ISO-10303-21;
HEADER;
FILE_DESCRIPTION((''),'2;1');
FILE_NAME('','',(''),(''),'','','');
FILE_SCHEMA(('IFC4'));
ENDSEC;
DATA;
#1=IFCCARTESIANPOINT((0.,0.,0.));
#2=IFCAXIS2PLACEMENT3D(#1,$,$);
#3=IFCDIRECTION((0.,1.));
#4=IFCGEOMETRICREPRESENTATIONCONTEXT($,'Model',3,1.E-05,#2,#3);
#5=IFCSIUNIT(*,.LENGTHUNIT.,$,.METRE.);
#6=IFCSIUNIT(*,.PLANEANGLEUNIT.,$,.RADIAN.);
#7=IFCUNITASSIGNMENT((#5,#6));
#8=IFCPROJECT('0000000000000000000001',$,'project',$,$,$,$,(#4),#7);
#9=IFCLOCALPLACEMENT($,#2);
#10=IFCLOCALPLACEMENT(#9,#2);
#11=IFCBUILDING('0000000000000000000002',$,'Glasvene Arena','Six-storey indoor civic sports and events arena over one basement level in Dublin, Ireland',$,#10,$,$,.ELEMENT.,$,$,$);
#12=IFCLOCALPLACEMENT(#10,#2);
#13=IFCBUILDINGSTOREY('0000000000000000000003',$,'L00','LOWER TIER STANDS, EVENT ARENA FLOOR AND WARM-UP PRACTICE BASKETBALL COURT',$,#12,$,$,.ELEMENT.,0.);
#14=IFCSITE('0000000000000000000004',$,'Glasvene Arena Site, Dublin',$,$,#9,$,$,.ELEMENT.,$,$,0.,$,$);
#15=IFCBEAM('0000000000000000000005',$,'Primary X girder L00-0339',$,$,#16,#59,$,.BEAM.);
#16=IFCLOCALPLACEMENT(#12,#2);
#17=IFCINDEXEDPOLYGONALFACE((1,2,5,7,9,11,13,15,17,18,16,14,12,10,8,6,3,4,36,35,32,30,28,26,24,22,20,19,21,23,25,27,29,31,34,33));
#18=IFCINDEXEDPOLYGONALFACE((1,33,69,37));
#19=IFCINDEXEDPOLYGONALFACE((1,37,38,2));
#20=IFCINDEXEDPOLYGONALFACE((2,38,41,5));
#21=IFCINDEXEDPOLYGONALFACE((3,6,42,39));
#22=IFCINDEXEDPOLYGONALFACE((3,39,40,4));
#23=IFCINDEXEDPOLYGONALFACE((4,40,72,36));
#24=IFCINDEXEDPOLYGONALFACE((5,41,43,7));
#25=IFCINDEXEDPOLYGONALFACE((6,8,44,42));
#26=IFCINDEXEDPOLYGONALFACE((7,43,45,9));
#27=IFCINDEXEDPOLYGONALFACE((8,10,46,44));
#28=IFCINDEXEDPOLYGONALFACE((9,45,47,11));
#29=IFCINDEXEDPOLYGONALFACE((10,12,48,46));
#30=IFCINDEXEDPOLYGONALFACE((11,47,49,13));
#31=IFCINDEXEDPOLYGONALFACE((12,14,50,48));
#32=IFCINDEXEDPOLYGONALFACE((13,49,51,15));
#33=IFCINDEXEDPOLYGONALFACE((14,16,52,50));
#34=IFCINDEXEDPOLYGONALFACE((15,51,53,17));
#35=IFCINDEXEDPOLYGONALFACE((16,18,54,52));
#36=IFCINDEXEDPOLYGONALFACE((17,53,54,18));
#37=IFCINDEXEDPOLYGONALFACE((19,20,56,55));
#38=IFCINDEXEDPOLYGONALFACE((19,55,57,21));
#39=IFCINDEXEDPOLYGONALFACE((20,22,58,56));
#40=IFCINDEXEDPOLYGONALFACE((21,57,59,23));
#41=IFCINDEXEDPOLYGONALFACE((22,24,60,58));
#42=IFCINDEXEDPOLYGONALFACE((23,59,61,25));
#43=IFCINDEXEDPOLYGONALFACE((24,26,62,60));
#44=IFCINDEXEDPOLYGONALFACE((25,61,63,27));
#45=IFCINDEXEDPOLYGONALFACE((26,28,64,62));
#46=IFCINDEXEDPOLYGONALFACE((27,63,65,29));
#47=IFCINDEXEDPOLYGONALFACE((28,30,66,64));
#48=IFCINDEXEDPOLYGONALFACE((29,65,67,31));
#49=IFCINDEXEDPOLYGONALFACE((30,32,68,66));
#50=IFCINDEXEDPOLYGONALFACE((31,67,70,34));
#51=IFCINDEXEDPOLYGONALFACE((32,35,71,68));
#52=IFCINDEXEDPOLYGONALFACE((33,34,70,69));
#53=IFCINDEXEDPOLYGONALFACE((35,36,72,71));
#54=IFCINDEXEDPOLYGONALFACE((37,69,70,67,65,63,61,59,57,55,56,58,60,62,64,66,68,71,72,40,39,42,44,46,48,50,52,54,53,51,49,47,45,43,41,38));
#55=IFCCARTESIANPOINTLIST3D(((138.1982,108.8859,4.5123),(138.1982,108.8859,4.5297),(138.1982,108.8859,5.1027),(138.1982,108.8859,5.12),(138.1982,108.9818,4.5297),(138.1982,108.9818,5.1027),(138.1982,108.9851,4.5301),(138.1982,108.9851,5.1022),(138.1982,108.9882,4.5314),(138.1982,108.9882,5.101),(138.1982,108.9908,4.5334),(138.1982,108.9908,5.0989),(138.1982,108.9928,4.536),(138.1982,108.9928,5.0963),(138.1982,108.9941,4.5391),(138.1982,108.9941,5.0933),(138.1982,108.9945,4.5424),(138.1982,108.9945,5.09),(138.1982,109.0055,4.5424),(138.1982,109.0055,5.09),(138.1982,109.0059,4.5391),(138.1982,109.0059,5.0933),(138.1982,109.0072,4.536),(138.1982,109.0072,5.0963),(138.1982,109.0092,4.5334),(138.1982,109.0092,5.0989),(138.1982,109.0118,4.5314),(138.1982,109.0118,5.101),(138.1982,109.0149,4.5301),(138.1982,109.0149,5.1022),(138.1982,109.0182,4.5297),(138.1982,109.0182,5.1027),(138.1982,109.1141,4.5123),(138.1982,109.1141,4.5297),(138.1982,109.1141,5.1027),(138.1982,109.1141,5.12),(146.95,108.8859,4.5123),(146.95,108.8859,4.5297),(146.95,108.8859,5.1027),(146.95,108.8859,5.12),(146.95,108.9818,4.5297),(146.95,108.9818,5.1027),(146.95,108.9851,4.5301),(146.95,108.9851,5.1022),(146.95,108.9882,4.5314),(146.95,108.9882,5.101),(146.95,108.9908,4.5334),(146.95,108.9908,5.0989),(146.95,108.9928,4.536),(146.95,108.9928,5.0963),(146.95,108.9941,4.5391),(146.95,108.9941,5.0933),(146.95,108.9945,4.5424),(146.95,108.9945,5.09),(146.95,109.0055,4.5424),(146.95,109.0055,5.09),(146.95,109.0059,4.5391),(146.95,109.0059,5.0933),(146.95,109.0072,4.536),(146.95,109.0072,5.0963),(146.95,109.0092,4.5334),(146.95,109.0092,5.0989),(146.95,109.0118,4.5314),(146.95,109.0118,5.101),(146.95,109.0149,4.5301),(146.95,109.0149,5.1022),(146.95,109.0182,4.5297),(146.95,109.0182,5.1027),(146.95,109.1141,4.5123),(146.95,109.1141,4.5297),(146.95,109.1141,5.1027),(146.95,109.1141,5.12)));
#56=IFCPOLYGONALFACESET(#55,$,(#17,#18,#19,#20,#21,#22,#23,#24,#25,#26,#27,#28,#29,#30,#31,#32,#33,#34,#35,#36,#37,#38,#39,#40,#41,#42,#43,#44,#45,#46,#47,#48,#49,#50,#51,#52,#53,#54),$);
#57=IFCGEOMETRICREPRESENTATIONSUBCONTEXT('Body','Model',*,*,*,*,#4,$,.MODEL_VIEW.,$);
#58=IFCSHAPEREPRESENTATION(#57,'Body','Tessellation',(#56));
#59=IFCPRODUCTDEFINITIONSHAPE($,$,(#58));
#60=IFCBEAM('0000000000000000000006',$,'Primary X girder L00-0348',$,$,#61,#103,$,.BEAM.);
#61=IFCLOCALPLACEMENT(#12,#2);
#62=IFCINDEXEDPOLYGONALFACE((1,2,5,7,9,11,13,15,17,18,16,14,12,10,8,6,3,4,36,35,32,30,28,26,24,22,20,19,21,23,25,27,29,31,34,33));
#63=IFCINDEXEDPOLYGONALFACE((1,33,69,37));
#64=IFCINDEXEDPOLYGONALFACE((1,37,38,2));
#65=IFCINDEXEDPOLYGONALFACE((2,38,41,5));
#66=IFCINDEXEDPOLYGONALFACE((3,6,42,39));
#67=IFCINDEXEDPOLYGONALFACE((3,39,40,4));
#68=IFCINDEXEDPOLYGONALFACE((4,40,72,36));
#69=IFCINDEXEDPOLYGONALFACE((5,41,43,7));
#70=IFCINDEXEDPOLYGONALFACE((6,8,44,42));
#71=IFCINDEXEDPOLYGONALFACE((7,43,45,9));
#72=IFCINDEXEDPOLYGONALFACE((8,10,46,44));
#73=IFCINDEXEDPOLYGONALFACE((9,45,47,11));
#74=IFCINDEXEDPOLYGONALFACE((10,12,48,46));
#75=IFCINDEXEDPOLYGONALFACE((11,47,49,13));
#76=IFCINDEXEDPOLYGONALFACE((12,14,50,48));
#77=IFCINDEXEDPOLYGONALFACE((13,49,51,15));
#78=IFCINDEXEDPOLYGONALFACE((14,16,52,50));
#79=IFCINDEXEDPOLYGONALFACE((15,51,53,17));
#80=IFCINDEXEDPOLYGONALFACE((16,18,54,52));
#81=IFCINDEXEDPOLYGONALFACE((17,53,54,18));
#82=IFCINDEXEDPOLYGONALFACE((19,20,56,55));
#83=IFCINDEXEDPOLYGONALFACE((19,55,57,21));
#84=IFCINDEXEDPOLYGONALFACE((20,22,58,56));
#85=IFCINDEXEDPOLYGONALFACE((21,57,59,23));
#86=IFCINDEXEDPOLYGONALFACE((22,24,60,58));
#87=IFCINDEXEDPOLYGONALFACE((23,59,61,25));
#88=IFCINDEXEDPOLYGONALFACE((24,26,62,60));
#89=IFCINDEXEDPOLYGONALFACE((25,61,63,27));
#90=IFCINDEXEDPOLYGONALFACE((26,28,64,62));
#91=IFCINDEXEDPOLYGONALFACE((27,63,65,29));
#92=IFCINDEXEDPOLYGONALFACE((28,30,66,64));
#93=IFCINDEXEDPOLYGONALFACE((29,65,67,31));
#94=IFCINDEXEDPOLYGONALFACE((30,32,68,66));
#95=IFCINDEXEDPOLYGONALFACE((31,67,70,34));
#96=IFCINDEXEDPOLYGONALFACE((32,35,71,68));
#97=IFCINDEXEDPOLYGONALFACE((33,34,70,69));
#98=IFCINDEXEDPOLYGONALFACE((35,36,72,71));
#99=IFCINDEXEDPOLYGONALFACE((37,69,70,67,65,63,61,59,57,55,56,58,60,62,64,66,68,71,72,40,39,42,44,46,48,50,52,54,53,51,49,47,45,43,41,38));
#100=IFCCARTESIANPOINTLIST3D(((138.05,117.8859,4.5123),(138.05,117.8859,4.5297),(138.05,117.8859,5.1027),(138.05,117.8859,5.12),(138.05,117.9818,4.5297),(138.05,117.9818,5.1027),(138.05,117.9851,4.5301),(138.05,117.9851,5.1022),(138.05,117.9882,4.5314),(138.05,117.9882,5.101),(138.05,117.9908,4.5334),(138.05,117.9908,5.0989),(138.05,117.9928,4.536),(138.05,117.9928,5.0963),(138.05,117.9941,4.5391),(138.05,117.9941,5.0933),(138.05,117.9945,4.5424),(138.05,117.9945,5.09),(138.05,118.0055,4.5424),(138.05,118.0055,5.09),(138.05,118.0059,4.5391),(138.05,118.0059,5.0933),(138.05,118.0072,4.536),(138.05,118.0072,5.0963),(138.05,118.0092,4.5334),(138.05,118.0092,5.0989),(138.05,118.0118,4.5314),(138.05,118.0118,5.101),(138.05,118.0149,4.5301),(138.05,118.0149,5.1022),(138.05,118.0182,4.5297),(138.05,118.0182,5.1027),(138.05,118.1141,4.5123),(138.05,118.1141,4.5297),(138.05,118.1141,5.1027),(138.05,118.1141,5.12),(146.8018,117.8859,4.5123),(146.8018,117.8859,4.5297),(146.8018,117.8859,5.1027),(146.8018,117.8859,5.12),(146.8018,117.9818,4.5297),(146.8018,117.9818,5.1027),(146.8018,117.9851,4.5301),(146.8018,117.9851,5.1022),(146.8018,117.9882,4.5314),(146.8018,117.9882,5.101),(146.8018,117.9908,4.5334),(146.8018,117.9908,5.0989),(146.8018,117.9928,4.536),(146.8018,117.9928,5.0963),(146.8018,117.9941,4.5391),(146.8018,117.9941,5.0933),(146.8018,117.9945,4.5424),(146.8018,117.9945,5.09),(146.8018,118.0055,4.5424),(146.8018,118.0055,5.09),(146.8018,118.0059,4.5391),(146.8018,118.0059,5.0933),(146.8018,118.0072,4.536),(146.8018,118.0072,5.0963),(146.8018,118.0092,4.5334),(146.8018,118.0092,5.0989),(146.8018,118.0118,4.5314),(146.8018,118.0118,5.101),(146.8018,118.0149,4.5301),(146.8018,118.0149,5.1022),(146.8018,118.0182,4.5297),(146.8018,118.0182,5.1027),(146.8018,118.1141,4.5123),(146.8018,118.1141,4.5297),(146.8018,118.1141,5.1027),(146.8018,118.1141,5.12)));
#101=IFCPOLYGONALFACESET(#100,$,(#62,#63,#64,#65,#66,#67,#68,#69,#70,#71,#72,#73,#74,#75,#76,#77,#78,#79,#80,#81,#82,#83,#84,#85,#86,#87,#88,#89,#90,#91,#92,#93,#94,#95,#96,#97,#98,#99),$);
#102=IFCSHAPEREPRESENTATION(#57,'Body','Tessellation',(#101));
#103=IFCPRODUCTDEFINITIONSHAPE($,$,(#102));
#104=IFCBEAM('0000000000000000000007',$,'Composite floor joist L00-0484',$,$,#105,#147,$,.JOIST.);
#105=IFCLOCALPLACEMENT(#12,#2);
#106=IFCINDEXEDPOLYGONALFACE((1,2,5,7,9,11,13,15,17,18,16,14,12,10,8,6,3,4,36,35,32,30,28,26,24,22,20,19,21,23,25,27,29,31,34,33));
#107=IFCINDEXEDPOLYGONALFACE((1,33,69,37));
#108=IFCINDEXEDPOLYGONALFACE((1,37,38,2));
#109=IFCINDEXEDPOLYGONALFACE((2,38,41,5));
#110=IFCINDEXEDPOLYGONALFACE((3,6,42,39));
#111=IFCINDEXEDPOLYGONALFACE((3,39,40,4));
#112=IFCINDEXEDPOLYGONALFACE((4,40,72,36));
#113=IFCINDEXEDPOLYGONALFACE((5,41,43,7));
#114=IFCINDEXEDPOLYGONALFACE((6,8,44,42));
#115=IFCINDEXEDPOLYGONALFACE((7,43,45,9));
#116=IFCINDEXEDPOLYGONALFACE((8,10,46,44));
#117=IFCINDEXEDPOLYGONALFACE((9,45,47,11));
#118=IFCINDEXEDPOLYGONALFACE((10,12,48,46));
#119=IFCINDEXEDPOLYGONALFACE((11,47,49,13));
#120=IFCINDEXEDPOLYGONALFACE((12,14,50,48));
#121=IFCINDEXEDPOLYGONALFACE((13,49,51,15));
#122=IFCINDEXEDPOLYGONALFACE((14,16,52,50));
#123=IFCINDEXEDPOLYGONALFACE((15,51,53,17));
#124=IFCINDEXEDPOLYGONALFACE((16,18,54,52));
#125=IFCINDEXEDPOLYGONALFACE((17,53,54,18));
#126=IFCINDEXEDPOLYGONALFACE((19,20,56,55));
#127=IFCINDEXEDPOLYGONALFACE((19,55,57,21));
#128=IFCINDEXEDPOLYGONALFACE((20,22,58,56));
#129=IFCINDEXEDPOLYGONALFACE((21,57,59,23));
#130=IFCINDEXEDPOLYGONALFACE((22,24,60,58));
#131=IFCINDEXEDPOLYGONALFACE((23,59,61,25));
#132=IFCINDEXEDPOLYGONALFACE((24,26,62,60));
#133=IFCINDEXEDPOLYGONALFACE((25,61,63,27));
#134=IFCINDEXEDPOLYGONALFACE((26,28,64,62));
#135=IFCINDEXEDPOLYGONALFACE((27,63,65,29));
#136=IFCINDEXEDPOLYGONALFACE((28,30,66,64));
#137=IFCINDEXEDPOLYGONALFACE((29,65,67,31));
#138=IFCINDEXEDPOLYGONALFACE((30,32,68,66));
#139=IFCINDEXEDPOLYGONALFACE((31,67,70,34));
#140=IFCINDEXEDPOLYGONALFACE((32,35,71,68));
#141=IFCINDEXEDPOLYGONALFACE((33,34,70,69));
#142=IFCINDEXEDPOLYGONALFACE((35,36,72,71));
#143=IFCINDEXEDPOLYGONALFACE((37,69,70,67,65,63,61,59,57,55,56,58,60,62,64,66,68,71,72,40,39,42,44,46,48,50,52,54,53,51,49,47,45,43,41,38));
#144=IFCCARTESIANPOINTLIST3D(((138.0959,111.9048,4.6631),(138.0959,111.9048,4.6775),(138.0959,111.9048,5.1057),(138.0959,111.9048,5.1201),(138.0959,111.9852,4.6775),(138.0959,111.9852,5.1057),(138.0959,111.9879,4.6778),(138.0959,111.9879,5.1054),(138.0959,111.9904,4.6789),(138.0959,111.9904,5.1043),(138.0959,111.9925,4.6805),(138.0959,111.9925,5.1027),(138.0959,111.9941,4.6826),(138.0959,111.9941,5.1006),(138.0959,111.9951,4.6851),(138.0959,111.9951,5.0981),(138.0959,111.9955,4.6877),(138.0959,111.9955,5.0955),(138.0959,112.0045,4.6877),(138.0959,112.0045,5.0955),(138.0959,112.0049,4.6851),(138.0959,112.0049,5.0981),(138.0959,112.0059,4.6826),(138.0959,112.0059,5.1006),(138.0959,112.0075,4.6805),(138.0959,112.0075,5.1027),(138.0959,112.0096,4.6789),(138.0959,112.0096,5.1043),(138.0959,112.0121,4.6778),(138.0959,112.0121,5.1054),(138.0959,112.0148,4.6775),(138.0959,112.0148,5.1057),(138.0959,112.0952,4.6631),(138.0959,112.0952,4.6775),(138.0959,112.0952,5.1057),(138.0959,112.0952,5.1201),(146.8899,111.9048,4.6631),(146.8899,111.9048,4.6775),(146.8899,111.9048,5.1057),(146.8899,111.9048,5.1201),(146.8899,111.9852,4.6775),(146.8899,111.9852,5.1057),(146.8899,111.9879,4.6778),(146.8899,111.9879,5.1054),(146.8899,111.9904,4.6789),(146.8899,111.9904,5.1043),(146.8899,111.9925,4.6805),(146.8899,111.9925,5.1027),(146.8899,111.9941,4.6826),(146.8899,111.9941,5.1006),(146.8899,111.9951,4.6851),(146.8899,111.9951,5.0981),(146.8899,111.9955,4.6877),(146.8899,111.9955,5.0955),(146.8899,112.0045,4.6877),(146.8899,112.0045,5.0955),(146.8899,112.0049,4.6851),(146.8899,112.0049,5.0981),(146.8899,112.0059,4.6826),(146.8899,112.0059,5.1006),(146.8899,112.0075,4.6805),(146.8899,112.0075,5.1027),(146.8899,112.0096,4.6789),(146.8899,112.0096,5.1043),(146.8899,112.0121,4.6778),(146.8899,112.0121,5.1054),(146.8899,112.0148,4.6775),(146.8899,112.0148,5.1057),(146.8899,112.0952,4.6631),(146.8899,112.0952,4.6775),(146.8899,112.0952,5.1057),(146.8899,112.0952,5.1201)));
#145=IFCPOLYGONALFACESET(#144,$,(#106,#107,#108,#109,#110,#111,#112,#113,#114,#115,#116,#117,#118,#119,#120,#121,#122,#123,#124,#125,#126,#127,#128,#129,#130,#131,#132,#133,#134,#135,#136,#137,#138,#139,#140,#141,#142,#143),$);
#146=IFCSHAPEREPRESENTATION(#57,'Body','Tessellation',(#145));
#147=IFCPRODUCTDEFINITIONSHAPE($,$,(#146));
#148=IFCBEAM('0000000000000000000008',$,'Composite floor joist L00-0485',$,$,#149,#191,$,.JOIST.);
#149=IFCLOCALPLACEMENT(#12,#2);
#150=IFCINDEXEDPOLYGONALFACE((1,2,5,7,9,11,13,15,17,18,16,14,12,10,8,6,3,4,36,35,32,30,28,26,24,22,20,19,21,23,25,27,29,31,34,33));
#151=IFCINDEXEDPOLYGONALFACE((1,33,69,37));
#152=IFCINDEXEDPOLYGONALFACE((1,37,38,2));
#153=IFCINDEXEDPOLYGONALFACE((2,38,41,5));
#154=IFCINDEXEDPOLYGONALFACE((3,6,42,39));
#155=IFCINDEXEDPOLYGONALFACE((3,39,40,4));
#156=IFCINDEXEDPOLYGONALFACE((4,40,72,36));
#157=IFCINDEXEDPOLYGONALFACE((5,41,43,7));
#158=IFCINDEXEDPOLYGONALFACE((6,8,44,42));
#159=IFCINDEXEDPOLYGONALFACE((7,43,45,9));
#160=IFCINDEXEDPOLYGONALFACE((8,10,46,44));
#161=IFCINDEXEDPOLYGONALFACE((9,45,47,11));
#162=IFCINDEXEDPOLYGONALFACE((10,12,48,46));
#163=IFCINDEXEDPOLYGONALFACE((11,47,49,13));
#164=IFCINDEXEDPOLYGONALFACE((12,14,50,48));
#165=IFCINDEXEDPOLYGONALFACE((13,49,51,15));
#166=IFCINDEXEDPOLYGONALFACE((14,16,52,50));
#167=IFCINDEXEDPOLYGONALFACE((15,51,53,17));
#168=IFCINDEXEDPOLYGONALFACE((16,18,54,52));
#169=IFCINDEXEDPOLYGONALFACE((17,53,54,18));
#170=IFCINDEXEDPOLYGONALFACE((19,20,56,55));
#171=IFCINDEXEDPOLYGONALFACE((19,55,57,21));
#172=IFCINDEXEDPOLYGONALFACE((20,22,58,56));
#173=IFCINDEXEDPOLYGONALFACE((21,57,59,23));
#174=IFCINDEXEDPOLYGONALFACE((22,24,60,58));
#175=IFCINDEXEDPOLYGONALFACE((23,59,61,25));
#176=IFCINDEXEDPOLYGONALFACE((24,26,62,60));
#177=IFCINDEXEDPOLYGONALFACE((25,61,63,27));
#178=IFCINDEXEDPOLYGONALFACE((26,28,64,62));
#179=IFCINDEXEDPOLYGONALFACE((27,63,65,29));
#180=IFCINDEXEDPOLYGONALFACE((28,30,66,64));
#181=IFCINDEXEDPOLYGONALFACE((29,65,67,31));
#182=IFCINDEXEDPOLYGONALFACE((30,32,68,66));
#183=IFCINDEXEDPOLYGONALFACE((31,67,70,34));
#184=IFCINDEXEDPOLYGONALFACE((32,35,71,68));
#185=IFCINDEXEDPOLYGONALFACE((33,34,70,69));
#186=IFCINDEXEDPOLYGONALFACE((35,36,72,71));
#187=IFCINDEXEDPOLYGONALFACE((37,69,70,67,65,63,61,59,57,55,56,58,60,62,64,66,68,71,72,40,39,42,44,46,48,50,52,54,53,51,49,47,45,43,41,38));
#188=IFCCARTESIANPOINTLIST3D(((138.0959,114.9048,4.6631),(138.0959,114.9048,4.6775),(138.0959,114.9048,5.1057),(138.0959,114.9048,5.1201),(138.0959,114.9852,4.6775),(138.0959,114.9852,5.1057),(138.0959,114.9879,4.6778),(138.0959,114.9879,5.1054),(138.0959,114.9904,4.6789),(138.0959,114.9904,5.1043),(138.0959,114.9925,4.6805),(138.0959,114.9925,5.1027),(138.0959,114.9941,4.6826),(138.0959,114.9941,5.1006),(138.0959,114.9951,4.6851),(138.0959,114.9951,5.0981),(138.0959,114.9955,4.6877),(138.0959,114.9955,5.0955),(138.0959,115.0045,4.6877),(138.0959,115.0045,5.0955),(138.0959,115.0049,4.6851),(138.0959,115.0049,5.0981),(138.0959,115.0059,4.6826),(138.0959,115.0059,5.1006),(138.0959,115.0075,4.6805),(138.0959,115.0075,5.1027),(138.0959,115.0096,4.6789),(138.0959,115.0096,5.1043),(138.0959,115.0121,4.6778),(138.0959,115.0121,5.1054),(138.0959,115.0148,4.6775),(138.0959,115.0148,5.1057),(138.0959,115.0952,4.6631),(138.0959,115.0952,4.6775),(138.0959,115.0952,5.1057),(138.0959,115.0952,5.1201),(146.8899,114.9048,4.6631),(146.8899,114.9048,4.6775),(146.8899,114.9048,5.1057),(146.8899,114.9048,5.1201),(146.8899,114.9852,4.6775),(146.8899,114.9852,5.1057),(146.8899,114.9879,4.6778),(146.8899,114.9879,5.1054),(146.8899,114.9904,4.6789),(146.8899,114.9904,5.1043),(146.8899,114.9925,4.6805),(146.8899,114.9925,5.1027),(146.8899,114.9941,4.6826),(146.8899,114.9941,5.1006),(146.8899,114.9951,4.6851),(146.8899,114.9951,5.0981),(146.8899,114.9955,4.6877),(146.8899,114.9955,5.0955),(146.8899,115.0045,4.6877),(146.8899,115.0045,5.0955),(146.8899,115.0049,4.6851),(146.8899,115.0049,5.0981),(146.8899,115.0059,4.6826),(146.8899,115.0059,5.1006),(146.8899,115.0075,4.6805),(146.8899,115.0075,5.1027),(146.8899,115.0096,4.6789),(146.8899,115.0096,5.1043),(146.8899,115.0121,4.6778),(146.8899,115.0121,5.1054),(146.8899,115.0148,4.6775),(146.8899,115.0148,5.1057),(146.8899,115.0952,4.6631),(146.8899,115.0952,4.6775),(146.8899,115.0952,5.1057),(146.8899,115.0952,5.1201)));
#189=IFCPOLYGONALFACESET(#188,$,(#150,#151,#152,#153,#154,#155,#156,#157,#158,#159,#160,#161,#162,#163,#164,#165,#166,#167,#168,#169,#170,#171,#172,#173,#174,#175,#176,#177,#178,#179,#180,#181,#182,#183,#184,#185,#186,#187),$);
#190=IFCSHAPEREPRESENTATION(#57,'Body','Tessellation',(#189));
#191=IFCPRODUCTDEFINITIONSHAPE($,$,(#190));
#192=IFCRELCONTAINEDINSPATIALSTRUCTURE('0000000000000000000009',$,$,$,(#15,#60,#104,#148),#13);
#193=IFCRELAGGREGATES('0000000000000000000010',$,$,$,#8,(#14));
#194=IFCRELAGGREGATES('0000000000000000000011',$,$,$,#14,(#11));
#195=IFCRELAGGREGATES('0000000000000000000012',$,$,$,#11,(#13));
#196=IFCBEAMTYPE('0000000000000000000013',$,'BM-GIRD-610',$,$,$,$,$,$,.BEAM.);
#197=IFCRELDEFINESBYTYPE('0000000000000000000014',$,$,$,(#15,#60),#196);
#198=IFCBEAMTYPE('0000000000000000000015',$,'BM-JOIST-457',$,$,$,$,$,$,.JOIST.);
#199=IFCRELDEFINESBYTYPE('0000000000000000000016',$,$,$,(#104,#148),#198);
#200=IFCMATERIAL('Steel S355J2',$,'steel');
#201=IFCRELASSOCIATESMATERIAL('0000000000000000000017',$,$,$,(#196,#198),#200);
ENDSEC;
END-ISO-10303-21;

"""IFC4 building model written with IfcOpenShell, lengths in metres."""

from ifc_helpers import new_model, si_unit, direction, frame, origin, origin_2d, place, context, subcontext, project, spatial, i_section, extrude, material, material_profile, profile_set, type_object, element, save


model = new_model("IFC4")

# Units and contexts
model_context = context("Model", 3, precision=1e-05, world=origin(), true_north=direction((0.0, 1.0)))
body_context = subcontext(model_context, "Body", "Model", "MODEL_VIEW")
ifc_project = project(units=[si_unit("LENGTHUNIT", "METRE"), si_unit("PLANEANGLEUNIT", "RADIAN")], contexts=[model_context])

# Site, building, storey
site_placement = place(None, origin())
site = spatial("IfcSite", under=ifc_project, at=site_placement, Name="Glasvene Arena Site, Dublin", CompositionType="ELEMENT", RefElevation=0.0)
building_placement = place(site_placement, origin())
building = spatial("IfcBuilding", under=site, at=building_placement, Name="Glasvene Arena", Description="Six-storey indoor civic sports and events arena over one basement level in Dublin, Ireland", CompositionType="ELEMENT")
storey_placement = place(building_placement, origin())
storey = spatial("IfcBuildingStorey", under=building, at=storey_placement, Name="L00", Description="LOWER TIER STANDS, EVENT ARENA FLOOR AND WARM-UP PRACTICE BASKETBALL COURT", CompositionType="ELEMENT", Elevation=0.0)

# Shared definitions
ifc_material_1 = material(Name="Steel S355J2", Category="steel")

# Beams
ifc_material_profile_1 = material_profile(ifc_material_1, i_section(OverallWidth=0.2283, OverallDepth=0.6077, WebThickness=0.011, FlangeThickness=0.0173, FilletRadius=0.0127, at=origin_2d()), Name="UKB 610x229x113")
ifc_profile_set_1 = profile_set([ifc_material_profile_1], Name="Steel S355J2")
beam_type_1 = type_object("IfcBeamType", Name="BM-GIRD-610", PredefinedType="BEAM", material=ifc_profile_set_1)
for number, where, z_axis, x_axis, name in (
    (1, (138.1982, 109.0, 4.8162), (1.0, 0.0, 0.0), (0.0, 1.0, 0.0), "Primary X girder L00-0339"),
    (2, (138.05, 118.0, 4.8162), (1.0, 0.0, 0.0), (0.0, 1.0, 0.0), "Primary X girder L00-0348"),
):
    element("IfcBeam", number, at=place(storey_placement, frame(where, z_axis=z_axis, x_axis=x_axis)), inside=storey, type_object=beam_type_1, Name=name, PredefinedType="BEAM", context=body_context, shape_type="SweptSolid", body=[
        extrude(i_section(OverallWidth=0.2283, OverallDepth=0.6077, WebThickness=0.011, FlangeThickness=0.0173, FilletRadius=0.0127, at=origin_2d()), origin(), (0.0, 0.0, 1.0), 8.7517),
    ])
ifc_material_profile_2 = material_profile(ifc_material_1, i_section(OverallWidth=0.1904, OverallDepth=0.457, WebThickness=0.009, FlangeThickness=0.0144, FilletRadius=0.0103, at=origin_2d()), Name="UKB 457x191x74")
ifc_profile_set_2 = profile_set([ifc_material_profile_2], Name="Steel S355J2")
beam_type_2 = type_object("IfcBeamType", Name="BM-JOIST-457", PredefinedType="JOIST", material=ifc_profile_set_2)
for number, where, z_axis, x_axis, name in (
    (3, (138.0959, 112.0, 4.8916), (1.0, 0.0, 0.0), (0.0, 1.0, 0.0), "Composite floor joist L00-0484"),
    (4, (138.0959, 115.0, 4.8916), (1.0, 0.0, 0.0), (0.0, 1.0, 0.0), "Composite floor joist L00-0485"),
):
    element("IfcBeam", number, at=place(storey_placement, frame(where, z_axis=z_axis, x_axis=x_axis)), inside=storey, type_object=beam_type_2, Name=name, PredefinedType="JOIST", context=body_context, shape_type="SweptSolid", body=[
        extrude(i_section(OverallWidth=0.1904, OverallDepth=0.457, WebThickness=0.009, FlangeThickness=0.0144, FilletRadius=0.0103, at=origin_2d()), origin(), (0.0, 0.0, 1.0), 8.7939),
    ])

save(model, "model.ifc")
